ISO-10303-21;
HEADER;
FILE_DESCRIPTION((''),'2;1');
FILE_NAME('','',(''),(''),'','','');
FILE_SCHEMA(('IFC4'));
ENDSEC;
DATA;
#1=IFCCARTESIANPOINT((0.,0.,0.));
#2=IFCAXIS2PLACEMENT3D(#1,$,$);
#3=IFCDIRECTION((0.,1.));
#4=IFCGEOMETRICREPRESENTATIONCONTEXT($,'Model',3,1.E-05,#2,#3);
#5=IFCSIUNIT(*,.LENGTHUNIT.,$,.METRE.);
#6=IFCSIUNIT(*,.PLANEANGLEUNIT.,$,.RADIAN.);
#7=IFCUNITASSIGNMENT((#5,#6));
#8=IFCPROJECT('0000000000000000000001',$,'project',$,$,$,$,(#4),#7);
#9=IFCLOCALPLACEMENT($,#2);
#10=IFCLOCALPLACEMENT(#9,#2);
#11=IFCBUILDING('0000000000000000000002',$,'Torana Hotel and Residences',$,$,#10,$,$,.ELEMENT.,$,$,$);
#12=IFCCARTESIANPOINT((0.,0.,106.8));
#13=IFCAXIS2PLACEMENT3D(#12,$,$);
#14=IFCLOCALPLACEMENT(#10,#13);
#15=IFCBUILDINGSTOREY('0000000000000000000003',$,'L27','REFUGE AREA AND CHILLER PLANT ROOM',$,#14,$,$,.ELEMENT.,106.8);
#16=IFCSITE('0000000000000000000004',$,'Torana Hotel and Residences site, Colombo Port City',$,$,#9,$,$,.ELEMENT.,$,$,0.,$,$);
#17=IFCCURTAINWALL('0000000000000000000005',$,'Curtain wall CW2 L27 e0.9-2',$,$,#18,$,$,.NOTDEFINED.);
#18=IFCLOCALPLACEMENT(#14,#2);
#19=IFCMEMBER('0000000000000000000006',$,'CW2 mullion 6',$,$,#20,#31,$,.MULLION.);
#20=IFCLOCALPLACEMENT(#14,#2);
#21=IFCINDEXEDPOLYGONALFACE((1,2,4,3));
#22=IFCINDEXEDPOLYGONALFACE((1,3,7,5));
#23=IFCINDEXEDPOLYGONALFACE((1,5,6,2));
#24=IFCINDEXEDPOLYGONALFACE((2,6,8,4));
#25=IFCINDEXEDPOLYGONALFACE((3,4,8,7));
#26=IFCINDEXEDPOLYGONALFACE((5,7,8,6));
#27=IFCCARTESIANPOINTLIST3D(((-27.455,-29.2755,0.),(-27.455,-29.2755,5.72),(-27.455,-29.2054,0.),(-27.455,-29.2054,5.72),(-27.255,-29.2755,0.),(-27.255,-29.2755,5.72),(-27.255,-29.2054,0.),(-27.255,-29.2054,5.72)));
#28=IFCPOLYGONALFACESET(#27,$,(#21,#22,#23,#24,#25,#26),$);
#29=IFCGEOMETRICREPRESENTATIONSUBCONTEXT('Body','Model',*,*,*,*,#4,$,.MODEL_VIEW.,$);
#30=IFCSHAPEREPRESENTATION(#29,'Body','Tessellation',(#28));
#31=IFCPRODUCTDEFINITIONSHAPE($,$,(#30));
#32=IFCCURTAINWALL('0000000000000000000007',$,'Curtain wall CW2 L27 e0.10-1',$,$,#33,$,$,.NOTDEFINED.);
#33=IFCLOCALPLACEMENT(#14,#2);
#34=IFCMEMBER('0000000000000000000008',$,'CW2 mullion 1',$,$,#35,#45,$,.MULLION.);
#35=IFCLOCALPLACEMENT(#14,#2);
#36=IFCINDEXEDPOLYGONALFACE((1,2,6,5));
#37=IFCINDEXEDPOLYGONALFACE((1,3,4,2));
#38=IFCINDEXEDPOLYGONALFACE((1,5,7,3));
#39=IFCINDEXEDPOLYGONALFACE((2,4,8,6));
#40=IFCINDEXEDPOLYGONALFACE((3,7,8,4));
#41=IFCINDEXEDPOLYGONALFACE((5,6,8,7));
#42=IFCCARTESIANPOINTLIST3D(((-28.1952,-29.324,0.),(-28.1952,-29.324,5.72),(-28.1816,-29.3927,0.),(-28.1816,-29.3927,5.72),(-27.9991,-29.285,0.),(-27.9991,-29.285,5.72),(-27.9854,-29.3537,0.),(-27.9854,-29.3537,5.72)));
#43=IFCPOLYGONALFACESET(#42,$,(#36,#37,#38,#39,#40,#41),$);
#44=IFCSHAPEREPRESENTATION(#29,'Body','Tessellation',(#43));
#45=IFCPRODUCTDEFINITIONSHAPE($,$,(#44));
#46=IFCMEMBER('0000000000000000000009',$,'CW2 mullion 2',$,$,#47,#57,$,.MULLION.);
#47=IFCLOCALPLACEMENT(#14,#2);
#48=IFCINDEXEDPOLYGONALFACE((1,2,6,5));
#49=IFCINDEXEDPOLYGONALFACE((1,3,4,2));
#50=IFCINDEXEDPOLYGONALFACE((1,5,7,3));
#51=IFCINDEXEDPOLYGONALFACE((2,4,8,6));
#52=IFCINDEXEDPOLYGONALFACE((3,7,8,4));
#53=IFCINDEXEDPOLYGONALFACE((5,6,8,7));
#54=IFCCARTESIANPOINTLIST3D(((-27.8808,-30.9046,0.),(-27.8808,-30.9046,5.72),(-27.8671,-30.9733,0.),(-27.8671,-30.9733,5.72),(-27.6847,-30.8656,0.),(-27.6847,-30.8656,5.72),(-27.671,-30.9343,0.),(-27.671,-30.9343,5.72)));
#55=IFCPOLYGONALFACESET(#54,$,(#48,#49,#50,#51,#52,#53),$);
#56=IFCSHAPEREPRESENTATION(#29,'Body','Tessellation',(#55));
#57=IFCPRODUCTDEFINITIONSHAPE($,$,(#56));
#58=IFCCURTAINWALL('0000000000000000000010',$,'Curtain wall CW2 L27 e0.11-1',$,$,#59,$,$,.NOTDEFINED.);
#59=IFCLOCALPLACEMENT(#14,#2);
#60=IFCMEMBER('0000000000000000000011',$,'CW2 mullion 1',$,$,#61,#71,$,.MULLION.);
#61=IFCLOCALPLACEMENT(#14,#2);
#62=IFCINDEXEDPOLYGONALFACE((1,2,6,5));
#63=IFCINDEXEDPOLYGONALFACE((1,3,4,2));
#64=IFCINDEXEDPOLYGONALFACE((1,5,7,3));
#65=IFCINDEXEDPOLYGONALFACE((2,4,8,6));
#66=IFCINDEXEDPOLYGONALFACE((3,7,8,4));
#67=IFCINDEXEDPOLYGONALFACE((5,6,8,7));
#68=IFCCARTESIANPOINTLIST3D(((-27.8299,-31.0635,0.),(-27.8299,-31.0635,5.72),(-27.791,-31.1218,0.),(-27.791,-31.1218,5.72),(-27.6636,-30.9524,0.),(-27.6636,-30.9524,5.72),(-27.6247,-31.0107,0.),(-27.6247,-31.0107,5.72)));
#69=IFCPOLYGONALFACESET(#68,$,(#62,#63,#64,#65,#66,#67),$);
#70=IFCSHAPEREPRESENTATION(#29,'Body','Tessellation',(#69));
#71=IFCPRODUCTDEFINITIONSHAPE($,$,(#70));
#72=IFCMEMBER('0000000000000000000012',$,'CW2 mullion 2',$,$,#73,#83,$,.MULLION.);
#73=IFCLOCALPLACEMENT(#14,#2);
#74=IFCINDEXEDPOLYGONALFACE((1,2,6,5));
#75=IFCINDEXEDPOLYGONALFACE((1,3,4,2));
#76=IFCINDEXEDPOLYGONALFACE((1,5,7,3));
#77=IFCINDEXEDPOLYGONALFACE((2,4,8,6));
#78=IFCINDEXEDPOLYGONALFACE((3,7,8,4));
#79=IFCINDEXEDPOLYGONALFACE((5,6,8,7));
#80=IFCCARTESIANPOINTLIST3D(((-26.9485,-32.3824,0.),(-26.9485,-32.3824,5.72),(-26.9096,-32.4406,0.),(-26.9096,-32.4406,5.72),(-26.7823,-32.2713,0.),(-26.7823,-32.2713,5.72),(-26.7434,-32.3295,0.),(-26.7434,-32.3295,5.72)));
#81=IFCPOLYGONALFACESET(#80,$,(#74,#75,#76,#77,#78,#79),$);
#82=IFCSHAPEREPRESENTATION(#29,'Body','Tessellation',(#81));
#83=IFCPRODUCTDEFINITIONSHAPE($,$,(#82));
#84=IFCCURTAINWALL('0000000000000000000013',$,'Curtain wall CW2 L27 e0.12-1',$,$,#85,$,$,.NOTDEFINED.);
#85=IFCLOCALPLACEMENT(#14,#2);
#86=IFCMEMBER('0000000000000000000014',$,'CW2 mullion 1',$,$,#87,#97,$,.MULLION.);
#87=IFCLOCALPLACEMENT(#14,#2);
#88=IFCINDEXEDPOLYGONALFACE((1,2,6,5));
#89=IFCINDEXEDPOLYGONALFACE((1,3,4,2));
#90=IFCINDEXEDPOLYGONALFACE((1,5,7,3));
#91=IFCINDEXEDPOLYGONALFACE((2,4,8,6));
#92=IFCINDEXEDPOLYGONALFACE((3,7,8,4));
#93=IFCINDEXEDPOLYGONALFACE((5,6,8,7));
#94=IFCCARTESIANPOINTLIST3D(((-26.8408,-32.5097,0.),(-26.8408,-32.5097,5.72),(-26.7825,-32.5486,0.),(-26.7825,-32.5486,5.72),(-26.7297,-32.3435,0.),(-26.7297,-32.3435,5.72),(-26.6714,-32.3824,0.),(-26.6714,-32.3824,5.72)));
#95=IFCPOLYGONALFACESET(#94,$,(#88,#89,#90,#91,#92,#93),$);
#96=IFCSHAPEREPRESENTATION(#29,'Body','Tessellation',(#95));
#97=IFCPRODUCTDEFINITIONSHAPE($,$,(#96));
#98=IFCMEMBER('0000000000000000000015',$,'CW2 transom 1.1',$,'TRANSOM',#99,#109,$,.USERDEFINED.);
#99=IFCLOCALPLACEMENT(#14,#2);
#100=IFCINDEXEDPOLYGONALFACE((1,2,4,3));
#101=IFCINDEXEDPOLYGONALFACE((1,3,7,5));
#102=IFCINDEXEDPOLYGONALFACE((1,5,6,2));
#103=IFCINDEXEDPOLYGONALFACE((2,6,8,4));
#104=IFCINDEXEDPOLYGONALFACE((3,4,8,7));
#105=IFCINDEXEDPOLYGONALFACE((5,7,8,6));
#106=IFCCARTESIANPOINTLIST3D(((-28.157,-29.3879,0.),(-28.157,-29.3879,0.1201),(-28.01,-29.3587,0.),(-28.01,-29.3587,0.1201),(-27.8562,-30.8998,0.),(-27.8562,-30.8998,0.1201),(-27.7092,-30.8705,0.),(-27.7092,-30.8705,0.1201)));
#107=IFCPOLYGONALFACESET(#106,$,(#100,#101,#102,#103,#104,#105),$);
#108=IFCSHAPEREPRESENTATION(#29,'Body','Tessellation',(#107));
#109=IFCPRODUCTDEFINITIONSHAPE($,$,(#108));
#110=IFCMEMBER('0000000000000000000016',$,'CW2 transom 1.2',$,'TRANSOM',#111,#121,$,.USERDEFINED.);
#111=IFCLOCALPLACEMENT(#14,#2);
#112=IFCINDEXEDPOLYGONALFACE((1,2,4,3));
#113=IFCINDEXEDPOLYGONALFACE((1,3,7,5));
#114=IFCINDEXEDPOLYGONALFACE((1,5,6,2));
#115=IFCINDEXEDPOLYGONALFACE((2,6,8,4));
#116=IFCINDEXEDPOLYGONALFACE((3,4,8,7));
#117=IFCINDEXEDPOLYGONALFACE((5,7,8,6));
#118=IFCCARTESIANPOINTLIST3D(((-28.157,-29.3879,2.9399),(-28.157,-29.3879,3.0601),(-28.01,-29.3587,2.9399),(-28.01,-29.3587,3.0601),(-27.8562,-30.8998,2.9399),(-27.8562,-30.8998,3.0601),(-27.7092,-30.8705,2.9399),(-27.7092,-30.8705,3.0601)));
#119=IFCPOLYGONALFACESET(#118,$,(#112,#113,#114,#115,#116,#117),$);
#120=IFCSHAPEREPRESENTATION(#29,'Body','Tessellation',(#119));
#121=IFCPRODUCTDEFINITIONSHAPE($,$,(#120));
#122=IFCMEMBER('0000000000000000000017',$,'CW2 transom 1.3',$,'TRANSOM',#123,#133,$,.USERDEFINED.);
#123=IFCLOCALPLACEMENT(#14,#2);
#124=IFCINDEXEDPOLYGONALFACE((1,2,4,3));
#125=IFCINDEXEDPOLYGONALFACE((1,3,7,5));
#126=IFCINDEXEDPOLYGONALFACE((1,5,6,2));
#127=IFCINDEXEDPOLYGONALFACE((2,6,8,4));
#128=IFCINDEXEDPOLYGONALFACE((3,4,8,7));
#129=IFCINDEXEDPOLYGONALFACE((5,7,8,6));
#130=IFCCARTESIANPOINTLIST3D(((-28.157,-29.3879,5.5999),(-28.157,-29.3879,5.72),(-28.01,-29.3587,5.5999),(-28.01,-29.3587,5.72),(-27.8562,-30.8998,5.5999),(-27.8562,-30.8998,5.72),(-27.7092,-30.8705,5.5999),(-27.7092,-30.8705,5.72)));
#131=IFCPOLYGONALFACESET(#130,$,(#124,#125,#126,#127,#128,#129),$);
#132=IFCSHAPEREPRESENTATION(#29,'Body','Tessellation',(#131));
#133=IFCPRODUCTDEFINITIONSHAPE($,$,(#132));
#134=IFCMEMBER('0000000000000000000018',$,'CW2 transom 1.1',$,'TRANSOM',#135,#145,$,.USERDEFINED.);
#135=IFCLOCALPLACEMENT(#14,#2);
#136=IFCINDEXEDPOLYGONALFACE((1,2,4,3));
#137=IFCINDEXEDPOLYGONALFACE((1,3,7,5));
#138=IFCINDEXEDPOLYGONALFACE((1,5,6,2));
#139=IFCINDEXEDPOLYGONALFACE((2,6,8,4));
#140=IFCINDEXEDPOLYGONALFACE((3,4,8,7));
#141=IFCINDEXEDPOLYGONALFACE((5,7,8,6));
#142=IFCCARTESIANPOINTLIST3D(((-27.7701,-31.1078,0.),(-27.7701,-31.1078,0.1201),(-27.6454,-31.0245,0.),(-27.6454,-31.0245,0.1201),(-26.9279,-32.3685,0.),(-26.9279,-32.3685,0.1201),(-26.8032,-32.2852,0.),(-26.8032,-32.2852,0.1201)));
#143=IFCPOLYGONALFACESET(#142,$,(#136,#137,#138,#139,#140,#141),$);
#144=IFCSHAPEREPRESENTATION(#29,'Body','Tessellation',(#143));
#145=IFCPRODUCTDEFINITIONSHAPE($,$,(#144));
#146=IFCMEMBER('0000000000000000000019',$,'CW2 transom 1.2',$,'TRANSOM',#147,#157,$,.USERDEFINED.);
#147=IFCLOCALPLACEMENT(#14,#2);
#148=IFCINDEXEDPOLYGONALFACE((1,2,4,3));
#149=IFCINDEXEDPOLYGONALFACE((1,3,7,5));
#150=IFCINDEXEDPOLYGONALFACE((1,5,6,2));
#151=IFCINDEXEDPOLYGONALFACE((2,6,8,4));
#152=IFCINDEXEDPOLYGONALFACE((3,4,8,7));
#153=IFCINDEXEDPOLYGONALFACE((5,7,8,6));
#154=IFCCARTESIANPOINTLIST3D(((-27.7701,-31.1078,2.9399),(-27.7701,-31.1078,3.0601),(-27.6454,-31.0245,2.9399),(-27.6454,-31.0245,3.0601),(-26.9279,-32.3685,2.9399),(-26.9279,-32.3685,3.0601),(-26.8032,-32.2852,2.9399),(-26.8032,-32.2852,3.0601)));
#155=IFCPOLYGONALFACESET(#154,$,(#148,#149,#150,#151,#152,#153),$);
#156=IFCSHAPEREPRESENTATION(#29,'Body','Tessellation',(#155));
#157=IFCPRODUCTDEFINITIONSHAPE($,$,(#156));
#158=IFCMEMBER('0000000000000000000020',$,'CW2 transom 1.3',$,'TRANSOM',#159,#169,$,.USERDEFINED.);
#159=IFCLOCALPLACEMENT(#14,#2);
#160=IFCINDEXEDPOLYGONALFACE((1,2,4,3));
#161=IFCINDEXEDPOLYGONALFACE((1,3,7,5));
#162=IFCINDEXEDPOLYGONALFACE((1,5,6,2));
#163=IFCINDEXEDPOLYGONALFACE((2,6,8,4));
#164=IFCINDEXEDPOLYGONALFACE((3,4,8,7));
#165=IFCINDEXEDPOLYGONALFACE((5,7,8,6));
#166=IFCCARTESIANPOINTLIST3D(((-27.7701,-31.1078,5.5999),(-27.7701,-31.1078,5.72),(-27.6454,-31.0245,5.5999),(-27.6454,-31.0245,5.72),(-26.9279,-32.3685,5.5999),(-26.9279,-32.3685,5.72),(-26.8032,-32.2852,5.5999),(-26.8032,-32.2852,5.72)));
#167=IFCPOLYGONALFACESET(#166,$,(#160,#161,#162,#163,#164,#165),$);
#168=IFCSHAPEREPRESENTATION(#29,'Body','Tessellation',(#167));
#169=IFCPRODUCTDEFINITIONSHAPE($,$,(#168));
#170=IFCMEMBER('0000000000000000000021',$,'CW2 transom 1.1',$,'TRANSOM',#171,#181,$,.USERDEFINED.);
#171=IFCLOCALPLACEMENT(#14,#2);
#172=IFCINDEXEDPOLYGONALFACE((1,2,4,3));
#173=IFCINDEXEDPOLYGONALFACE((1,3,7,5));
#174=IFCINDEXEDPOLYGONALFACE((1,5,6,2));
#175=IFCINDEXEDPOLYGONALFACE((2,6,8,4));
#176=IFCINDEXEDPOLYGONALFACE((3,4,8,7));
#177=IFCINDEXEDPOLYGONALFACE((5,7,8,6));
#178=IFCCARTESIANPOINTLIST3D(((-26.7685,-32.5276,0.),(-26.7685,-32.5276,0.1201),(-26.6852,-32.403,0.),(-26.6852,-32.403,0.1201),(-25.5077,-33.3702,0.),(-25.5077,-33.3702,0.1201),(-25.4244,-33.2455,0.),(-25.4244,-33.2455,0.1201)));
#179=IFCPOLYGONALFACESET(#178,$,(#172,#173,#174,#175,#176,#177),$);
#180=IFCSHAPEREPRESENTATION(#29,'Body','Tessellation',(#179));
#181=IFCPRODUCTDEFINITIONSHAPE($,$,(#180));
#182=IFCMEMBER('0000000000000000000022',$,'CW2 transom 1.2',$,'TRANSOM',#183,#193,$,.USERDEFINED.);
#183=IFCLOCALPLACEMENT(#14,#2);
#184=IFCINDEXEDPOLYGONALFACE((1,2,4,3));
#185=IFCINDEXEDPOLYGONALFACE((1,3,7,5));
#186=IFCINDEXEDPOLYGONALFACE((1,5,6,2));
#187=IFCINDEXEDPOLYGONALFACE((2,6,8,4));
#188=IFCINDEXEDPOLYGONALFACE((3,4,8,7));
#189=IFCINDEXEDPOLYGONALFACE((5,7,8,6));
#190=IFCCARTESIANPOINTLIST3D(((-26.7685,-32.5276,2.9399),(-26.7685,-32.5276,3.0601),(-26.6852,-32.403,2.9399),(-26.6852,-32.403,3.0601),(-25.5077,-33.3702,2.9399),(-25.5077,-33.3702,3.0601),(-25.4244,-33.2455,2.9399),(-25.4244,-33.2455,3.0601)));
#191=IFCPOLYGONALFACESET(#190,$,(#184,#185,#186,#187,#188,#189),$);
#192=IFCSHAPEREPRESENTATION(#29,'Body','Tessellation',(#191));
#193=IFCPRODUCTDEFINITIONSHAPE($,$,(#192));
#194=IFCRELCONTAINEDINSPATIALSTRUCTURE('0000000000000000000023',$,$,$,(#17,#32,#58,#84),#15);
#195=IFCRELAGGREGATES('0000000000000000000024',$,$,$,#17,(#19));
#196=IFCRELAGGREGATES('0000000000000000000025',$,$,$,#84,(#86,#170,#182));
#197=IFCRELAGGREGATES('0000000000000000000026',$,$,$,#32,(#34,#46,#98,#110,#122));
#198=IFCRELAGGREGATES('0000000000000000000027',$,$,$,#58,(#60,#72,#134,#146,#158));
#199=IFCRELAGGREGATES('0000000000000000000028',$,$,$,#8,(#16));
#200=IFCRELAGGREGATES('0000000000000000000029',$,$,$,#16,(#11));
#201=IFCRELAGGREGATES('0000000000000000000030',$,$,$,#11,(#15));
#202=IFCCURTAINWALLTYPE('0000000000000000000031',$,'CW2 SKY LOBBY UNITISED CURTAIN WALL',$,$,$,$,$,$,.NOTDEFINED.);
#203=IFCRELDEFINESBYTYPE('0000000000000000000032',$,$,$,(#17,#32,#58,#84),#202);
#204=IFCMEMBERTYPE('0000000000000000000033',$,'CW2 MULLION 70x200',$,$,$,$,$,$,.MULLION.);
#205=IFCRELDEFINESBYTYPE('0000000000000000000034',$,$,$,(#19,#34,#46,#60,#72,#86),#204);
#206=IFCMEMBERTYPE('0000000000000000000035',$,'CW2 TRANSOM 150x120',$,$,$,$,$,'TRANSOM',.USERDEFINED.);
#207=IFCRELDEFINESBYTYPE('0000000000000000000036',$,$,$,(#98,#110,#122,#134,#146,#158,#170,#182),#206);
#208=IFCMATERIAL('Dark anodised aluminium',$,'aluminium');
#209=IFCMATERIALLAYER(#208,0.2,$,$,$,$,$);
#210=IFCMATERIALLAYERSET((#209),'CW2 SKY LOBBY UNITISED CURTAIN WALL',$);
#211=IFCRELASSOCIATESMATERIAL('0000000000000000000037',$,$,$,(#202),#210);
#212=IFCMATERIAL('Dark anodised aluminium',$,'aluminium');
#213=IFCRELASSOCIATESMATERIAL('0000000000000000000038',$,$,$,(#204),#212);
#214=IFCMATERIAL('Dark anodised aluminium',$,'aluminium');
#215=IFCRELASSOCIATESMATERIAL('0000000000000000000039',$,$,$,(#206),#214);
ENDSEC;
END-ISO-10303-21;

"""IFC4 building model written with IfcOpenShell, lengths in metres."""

from ifc_helpers import new_model, si_unit, direction, frame, origin, origin_2d, place, context, subcontext, project, spatial, rectangle, extrude, material, layer, layer_set, material_profile, profile_set, type_object, element, aggregate, save


model = new_model("IFC4")

# Units and contexts
model_context = context("Model", 3, precision=1e-05, world=origin(), true_north=direction((0.0, 1.0)))
body_context = subcontext(model_context, "Body", "Model", "MODEL_VIEW")
ifc_project = project(units=[si_unit("LENGTHUNIT", "METRE"), si_unit("PLANEANGLEUNIT", "RADIAN")], contexts=[model_context])

# Site, building, storey
site_placement = place(None, origin())
site = spatial("IfcSite", under=ifc_project, at=site_placement, Name="Torana Hotel and Residences site, Colombo Port City", CompositionType="ELEMENT", RefElevation=0.0)
building_placement = place(site_placement, origin())
building = spatial("IfcBuilding", under=site, at=building_placement, Name="Torana Hotel and Residences", CompositionType="ELEMENT")
storey_placement = place(building_placement, frame((0.0, 0.0, 106.8)))
storey = spatial("IfcBuildingStorey", under=building, at=storey_placement, Name="L27", Description="REFUGE AREA AND CHILLER PLANT ROOM", CompositionType="ELEMENT", Elevation=106.8)

# Curtain wall, member
ifc_material_1 = material(Name="Dark anodised aluminium", Category="aluminium")
ifc_layer_1 = layer(ifc_material_1, 0.2)
ifc_layer_set_1 = layer_set([ifc_layer_1], Name="CW2 SKY LOBBY UNITISED CURTAIN WALL")
curtain_wall_type = type_object("IfcCurtainWallType", Name="CW2 SKY LOBBY UNITISED CURTAIN WALL", PredefinedType="NOTDEFINED", material=ifc_layer_set_1)
curtain_wall_1_placement = place(storey_placement, origin())
curtain_wall_1 = element("IfcCurtainWall", 1, at=curtain_wall_1_placement, inside=storey, type_object=curtain_wall_type, Name="Curtain wall CW2 L27 e0.9-2", PredefinedType="NOTDEFINED")
ifc_material_2 = material(Name="Dark anodised aluminium", Category="aluminium")
ifc_material_profile_1 = material_profile(ifc_material_2, rectangle(XDim=0.2, YDim=0.0701, at=origin_2d()), Name="CW2 MULLION 70x200")
ifc_profile_set_1 = profile_set([ifc_material_profile_1], Name="Dark anodised aluminium")
member_type_1 = type_object("IfcMemberType", Name="CW2 MULLION 70x200", PredefinedType="MULLION", material=ifc_profile_set_1)
member_1_placement = place(storey_placement, frame((-27.355, -29.2405, 0.0), z_axis=(0.0, 0.0, 1.0), x_axis=(1.0, 0.0, 0.0)))
member_1 = element("IfcMember", 2, at=member_1_placement, type_object=member_type_1, Name="CW2 mullion 6", PredefinedType="MULLION", context=body_context, shape_type="SweptSolid", body=[
    extrude(rectangle(XDim=0.2, YDim=0.0701, at=origin_2d()), origin(), (0.0, 0.0, 1.0), 5.72),
])
aggregate(curtain_wall_1, [member_1])

# Curtain walls, members
curtain_wall_2_placement = place(storey_placement, origin())
curtain_wall_2 = element("IfcCurtainWall", 3, at=curtain_wall_2_placement, inside=storey, type_object=curtain_wall_type, Name="Curtain wall CW2 L27 e0.10-1", PredefinedType="NOTDEFINED")
member_2_placement = place(storey_placement, frame((-28.0903, -29.3389, 0.0), z_axis=(0.0, 0.0, 1.0), x_axis=(0.980791, 0.195064, 0.0)))
member_2 = element("IfcMember", 4, at=member_2_placement, type_object=member_type_1, Name="CW2 mullion 1", PredefinedType="MULLION", context=body_context, shape_type="SweptSolid", body=[
    extrude(rectangle(XDim=0.2, YDim=0.0701, at=origin_2d()), origin(), (0.0, 0.0, 1.0), 5.72),
])
member_3_placement = place(storey_placement, frame((-27.7759, -30.9194, 0.0), z_axis=(0.0, 0.0, 1.0), x_axis=(0.980791, 0.195064, 0.0)))
member_3 = element("IfcMember", 5, at=member_3_placement, type_object=member_type_1, Name="CW2 mullion 2", PredefinedType="MULLION", context=body_context, shape_type="SweptSolid", body=[
    extrude(rectangle(XDim=0.2, YDim=0.0701, at=origin_2d()), origin(), (0.0, 0.0, 1.0), 5.72),
])
curtain_wall_3_placement = place(storey_placement, origin())
curtain_wall_3 = element("IfcCurtainWall", 6, at=curtain_wall_3_placement, inside=storey, type_object=curtain_wall_type, Name="Curtain wall CW2 L27 e0.11-1", PredefinedType="NOTDEFINED")
member_4_placement = place(storey_placement, frame((-27.7273, -31.0371, 0.0), z_axis=(0.0, 0.0, 1.0), x_axis=(0.831474, 0.555564, 0.0)))
member_4 = element("IfcMember", 7, at=member_4_placement, type_object=member_type_1, Name="CW2 mullion 1", PredefinedType="MULLION", context=body_context, shape_type="SweptSolid", body=[
    extrude(rectangle(XDim=0.2, YDim=0.0701, at=origin_2d()), origin(), (0.0, 0.0, 1.0), 5.72),
])
member_5_placement = place(storey_placement, frame((-26.8459, -32.356, 0.0), z_axis=(0.0, 0.0, 1.0), x_axis=(0.831474, 0.555564, 0.0)))
member_5 = element("IfcMember", 8, at=member_5_placement, type_object=member_type_1, Name="CW2 mullion 2", PredefinedType="MULLION", context=body_context, shape_type="SweptSolid", body=[
    extrude(rectangle(XDim=0.2, YDim=0.0701, at=origin_2d()), origin(), (0.0, 0.0, 1.0), 5.72),
])

# Curtain wall, member
curtain_wall_4_placement = place(storey_placement, origin())
curtain_wall_4 = element("IfcCurtainWall", 9, at=curtain_wall_4_placement, inside=storey, type_object=curtain_wall_type, Name="Curtain wall CW2 L27 e0.12-1", PredefinedType="NOTDEFINED")
member_6_placement = place(storey_placement, frame((-26.7561, -32.446, 0.0), z_axis=(0.0, 0.0, 1.0), x_axis=(0.555564, 0.831474, 0.0)))
member_6 = element("IfcMember", 10, at=member_6_placement, type_object=member_type_1, Name="CW2 mullion 1", PredefinedType="MULLION", context=body_context, shape_type="SweptSolid", body=[
    extrude(rectangle(XDim=0.2, YDim=0.0701, at=origin_2d()), origin(), (0.0, 0.0, 1.0), 5.72),
])

# Members
ifc_material_3 = material(Name="Dark anodised aluminium", Category="aluminium")
ifc_material_profile_2 = material_profile(ifc_material_3, rectangle(XDim=0.1499, YDim=0.1201, at=origin_2d()), Name="CW2 TRANSOM 150x120")
ifc_profile_set_2 = profile_set([ifc_material_profile_2], Name="Dark anodised aluminium")
member_type_2 = type_object("IfcMemberType", Name="CW2 TRANSOM 150x120", ElementType="TRANSOM", PredefinedType="USERDEFINED", material=ifc_profile_set_2)
member_7_placement = place(storey_placement, frame((-28.0835, -29.3733, 0.0601), z_axis=(0.195111, -0.980781, 0.0), x_axis=(0.980781, 0.195111, 0.0)))
member_7 = element("IfcMember", 11, at=member_7_placement, type_object=member_type_2, Name="CW2 transom 1.1", ObjectType="TRANSOM", PredefinedType="USERDEFINED", context=body_context, shape_type="SweptSolid", body=[
    extrude(rectangle(XDim=0.1499, YDim=0.1201, at=origin_2d()), origin(), (0.0, 0.0, 1.0), 1.5415),
])
member_8_placement = place(storey_placement, frame((-28.0835, -29.3733, 3.0), z_axis=(0.195111, -0.980781, 0.0), x_axis=(0.980781, 0.195111, 0.0)))
member_8 = element("IfcMember", 12, at=member_8_placement, type_object=member_type_2, Name="CW2 transom 1.2", ObjectType="TRANSOM", PredefinedType="USERDEFINED", context=body_context, shape_type="SweptSolid", body=[
    extrude(rectangle(XDim=0.1499, YDim=0.1201, at=origin_2d()), origin(), (0.0, 0.0, 1.0), 1.5415),
])
member_9_placement = place(storey_placement, frame((-28.0835, -29.3733, 5.6599), z_axis=(0.195111, -0.980781, 0.0), x_axis=(0.980781, 0.195111, 0.0)))
member_9 = element("IfcMember", 13, at=member_9_placement, type_object=member_type_2, Name="CW2 transom 1.3", ObjectType="TRANSOM", PredefinedType="USERDEFINED", context=body_context, shape_type="SweptSolid", body=[
    extrude(rectangle(XDim=0.1499, YDim=0.1201, at=origin_2d()), origin(), (0.0, 0.0, 1.0), 1.5415),
])
member_10_placement = place(storey_placement, frame((-27.7078, -31.0662, 0.0601), z_axis=(0.555517, -0.831505, 0.0), x_axis=(0.831505, 0.555517, 0.0)))
member_10 = element("IfcMember", 14, at=member_10_placement, type_object=member_type_2, Name="CW2 transom 1.1", ObjectType="TRANSOM", PredefinedType="USERDEFINED", context=body_context, shape_type="SweptSolid", body=[
    extrude(rectangle(XDim=0.1499, YDim=0.1201, at=origin_2d()), origin(), (0.0, 0.0, 1.0), 1.5161),
])
member_11_placement = place(storey_placement, frame((-27.7078, -31.0662, 3.0), z_axis=(0.555517, -0.831505, 0.0), x_axis=(0.831505, 0.555517, 0.0)))
member_11 = element("IfcMember", 15, at=member_11_placement, type_object=member_type_2, Name="CW2 transom 1.2", ObjectType="TRANSOM", PredefinedType="USERDEFINED", context=body_context, shape_type="SweptSolid", body=[
    extrude(rectangle(XDim=0.1499, YDim=0.1201, at=origin_2d()), origin(), (0.0, 0.0, 1.0), 1.5161),
])
member_12_placement = place(storey_placement, frame((-27.7078, -31.0662, 5.6599), z_axis=(0.555517, -0.831505, 0.0), x_axis=(0.831505, 0.555517, 0.0)))
member_12 = element("IfcMember", 16, at=member_12_placement, type_object=member_type_2, Name="CW2 transom 1.3", ObjectType="TRANSOM", PredefinedType="USERDEFINED", context=body_context, shape_type="SweptSolid", body=[
    extrude(rectangle(XDim=0.1499, YDim=0.1201, at=origin_2d()), origin(), (0.0, 0.0, 1.0), 1.5161),
])
member_13_placement = place(storey_placement, frame((-26.7268, -32.4653, 0.0601), z_axis=(0.831431, -0.555629, 0.0), x_axis=(0.555629, 0.831431, 0.0)))
member_13 = element("IfcMember", 17, at=member_13_placement, type_object=member_type_2, Name="CW2 transom 1.1", ObjectType="TRANSOM", PredefinedType="USERDEFINED", context=body_context, shape_type="SweptSolid", body=[
    extrude(rectangle(XDim=0.1499, YDim=0.1201, at=origin_2d()), origin(), (0.0, 0.0, 1.0), 1.5164),
])
member_14_placement = place(storey_placement, frame((-26.7268, -32.4653, 3.0), z_axis=(0.831431, -0.555629, 0.0), x_axis=(0.555629, 0.831431, 0.0)))
member_14 = element("IfcMember", 18, at=member_14_placement, type_object=member_type_2, Name="CW2 transom 1.2", ObjectType="TRANSOM", PredefinedType="USERDEFINED", context=body_context, shape_type="SweptSolid", body=[
    extrude(rectangle(XDim=0.1499, YDim=0.1201, at=origin_2d()), origin(), (0.0, 0.0, 1.0), 1.5164),
])
aggregate(curtain_wall_4, [member_6, member_13, member_14])

aggregate(curtain_wall_2, [member_2, member_3, member_7, member_8, member_9])
aggregate(curtain_wall_3, [member_4, member_5, member_10, member_11, member_12])

save(model, "model.ifc")
